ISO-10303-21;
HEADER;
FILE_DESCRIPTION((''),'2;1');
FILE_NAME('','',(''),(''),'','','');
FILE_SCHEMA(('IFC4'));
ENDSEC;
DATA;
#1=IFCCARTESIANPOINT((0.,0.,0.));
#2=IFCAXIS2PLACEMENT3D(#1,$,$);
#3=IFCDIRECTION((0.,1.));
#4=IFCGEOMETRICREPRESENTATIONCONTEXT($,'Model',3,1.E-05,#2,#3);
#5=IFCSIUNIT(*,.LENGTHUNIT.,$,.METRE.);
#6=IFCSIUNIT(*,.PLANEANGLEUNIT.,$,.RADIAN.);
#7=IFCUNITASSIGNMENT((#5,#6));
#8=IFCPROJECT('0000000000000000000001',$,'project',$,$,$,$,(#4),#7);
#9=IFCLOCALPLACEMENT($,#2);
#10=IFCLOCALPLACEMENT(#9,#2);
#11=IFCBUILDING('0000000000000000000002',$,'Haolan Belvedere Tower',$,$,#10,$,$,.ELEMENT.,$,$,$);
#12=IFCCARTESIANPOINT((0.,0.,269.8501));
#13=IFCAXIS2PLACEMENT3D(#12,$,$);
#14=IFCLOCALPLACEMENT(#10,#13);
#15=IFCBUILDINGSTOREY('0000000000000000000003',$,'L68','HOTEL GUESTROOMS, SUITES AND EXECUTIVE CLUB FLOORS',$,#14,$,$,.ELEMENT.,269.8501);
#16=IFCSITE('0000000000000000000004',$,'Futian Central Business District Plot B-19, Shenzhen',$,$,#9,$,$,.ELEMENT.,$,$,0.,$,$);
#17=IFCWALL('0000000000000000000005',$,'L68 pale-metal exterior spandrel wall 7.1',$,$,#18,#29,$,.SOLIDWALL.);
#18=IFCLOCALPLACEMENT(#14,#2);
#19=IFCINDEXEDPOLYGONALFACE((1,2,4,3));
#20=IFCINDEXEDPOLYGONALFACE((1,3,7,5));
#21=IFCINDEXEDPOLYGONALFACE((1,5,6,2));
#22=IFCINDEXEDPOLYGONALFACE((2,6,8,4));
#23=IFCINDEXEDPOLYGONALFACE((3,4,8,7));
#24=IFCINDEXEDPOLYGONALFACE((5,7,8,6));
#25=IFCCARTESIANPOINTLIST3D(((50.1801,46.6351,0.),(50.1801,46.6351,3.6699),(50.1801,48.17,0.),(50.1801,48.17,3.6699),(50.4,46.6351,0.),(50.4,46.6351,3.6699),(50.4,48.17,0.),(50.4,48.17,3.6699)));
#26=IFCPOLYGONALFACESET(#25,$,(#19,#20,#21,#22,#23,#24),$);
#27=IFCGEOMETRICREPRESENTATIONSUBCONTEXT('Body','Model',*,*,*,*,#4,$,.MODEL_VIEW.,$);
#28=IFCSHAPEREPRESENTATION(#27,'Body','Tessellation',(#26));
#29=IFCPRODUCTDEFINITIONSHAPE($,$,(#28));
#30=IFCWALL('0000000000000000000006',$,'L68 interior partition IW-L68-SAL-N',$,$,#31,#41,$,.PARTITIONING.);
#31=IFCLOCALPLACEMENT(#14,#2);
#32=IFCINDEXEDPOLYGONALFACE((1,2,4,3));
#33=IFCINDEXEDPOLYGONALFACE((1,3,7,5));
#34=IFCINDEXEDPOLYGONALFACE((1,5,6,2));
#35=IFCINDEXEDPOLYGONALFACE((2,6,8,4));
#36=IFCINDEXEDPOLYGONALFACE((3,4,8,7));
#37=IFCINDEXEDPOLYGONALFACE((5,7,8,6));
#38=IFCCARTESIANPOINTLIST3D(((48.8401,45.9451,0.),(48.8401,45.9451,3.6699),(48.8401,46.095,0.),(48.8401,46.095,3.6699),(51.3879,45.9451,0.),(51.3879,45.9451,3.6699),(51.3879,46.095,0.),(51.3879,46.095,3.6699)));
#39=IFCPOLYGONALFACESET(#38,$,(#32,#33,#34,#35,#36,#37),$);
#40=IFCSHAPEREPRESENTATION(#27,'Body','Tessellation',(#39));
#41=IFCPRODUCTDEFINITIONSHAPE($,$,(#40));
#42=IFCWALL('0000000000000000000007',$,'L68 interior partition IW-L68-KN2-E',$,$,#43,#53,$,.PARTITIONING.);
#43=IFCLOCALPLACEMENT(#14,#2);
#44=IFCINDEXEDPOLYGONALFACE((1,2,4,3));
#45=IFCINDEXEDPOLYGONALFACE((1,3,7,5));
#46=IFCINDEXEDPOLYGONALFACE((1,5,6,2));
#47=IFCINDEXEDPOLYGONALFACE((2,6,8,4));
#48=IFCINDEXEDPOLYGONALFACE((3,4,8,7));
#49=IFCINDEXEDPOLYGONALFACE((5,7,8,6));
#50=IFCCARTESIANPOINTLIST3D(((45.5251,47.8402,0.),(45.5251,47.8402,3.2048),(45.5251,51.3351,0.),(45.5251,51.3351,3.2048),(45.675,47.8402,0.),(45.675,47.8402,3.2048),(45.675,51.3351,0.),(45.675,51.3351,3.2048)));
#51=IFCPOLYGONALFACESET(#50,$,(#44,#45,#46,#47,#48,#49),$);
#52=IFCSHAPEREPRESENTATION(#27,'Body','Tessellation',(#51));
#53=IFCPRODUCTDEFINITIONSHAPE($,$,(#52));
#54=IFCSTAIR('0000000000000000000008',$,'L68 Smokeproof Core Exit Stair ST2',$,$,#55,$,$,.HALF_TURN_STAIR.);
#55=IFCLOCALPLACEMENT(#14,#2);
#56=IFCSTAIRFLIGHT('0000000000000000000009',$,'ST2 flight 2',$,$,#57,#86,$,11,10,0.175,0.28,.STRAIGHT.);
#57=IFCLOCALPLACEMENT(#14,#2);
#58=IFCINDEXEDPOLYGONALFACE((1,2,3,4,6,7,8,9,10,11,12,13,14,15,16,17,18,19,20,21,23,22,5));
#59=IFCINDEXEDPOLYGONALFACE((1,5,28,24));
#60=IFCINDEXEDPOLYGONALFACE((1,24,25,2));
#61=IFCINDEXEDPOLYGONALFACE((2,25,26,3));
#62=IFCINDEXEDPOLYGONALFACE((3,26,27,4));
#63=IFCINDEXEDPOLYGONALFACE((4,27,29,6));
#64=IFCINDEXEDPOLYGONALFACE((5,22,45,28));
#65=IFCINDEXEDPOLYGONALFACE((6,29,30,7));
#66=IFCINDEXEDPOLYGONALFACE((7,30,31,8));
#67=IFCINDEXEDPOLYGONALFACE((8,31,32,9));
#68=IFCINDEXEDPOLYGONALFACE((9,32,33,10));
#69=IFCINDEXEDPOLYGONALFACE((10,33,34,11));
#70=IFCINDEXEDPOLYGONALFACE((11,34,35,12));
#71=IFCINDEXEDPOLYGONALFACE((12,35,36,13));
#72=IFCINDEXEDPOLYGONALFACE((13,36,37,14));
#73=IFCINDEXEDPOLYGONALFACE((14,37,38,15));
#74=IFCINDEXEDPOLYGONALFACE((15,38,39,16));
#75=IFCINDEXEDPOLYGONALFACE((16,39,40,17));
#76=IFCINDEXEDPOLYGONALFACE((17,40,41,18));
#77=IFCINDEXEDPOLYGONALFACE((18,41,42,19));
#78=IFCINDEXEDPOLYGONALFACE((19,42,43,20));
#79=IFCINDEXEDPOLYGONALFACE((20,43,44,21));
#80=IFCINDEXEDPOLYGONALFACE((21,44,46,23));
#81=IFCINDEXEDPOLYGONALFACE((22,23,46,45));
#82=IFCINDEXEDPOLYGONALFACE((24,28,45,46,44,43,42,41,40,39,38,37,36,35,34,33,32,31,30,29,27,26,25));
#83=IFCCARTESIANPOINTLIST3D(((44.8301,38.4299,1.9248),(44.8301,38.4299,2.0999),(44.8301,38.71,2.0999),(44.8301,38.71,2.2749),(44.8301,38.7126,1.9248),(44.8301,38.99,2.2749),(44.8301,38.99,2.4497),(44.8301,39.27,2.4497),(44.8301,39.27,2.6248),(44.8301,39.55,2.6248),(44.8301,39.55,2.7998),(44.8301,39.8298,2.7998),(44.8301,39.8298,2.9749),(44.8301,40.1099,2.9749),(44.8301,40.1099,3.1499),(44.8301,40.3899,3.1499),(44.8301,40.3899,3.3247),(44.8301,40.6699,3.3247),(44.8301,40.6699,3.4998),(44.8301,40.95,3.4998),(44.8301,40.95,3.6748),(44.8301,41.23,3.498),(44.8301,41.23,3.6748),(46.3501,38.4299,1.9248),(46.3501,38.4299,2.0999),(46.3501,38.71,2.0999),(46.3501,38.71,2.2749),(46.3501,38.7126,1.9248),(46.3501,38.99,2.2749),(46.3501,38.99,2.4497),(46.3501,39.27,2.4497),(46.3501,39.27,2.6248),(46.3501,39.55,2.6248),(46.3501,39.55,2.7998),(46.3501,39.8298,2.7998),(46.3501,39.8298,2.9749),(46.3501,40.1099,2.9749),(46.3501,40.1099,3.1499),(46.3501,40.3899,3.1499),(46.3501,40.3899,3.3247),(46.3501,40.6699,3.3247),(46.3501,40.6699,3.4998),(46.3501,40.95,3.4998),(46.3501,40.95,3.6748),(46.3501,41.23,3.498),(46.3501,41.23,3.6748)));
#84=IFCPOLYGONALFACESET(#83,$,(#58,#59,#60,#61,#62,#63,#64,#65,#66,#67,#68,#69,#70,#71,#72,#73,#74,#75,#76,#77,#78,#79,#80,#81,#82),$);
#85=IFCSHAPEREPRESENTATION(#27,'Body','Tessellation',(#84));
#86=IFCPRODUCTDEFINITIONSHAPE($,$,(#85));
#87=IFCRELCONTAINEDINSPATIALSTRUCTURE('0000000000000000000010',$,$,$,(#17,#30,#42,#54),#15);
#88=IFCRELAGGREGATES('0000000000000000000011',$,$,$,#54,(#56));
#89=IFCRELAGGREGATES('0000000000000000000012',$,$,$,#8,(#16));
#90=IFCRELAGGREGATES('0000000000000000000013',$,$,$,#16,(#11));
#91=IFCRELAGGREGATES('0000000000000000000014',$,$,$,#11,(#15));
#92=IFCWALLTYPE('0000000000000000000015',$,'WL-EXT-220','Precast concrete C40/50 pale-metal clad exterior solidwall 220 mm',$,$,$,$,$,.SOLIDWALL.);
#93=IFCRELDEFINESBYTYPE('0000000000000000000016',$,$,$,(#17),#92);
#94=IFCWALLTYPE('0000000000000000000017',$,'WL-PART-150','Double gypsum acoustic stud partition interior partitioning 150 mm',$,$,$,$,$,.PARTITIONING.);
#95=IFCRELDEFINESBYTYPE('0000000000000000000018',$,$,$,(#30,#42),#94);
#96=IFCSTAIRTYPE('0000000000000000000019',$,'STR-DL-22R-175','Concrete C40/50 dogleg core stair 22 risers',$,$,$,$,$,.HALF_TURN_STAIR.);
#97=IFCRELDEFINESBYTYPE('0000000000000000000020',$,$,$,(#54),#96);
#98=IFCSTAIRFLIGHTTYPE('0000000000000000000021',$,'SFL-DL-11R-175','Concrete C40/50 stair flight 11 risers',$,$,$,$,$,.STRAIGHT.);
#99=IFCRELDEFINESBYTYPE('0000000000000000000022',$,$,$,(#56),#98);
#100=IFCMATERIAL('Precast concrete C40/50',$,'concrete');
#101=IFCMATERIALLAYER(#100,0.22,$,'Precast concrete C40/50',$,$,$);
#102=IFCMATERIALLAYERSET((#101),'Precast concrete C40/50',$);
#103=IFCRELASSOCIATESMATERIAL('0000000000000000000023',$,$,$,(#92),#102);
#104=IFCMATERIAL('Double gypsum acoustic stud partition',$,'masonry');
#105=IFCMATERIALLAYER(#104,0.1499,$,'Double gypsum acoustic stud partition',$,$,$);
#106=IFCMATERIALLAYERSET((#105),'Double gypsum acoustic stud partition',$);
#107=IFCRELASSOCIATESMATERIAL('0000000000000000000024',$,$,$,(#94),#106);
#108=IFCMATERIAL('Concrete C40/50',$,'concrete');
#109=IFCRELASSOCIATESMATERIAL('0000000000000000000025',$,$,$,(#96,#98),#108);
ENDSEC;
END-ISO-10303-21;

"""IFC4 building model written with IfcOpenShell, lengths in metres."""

from ifc_helpers import new_model, si_unit, direction, frame, frame_2d, origin, place, context, subcontext, project, spatial, polyline, rectangle, outline, extrude, material, layer, layer_set, type_object, element, aggregate, save


model = new_model("IFC4")

# Units and contexts
model_context = context("Model", 3, precision=1e-05, world=origin(), true_north=direction((0.0, 1.0)))
body_context = subcontext(model_context, "Body", "Model", "MODEL_VIEW")
ifc_project = project(units=[si_unit("LENGTHUNIT", "METRE"), si_unit("PLANEANGLEUNIT", "RADIAN")], contexts=[model_context])

# Site, building, storey
site_placement = place(None, origin())
site = spatial("IfcSite", under=ifc_project, at=site_placement, Name="Futian Central Business District Plot B-19, Shenzhen", CompositionType="ELEMENT", RefElevation=0.0)
building_placement = place(site_placement, origin())
building = spatial("IfcBuilding", under=site, at=building_placement, Name="Haolan Belvedere Tower", CompositionType="ELEMENT")
storey_placement = place(building_placement, frame((0.0, 0.0, 269.8501)))
storey = spatial("IfcBuildingStorey", under=building, at=storey_placement, Name="L68", Description="HOTEL GUESTROOMS, SUITES AND EXECUTIVE CLUB FLOORS", CompositionType="ELEMENT", Elevation=269.8501)

# Shared definitions
ifc_material_1 = material(Name="Precast concrete C40/50", Category="concrete")
ifc_layer_1 = layer(ifc_material_1, 0.22, Name="Precast concrete C40/50")
ifc_layer_set_1 = layer_set([ifc_layer_1], Name="Precast concrete C40/50")
wall_type_1 = type_object("IfcWallType", Name="WL-EXT-220", Description="Precast concrete C40/50 pale-metal clad exterior solidwall 220 mm", PredefinedType="SOLIDWALL", material=ifc_layer_set_1)

# Wall
wall_1_placement = place(storey_placement, frame((50.29, 46.635, 0.0), z_axis=(0.0, 0.0, 1.0), x_axis=(0.0, 1.0, 0.0)))
element("IfcWall", 1, at=wall_1_placement, inside=storey, type_object=wall_type_1, Name="L68 pale-metal exterior spandrel wall 7.1", PredefinedType="SOLIDWALL", context=body_context, shape_type="SweptSolid", body=[
    extrude(rectangle(XDim=1.5349, YDim=0.22, at=frame_2d((0.7676, 0.0))), origin(), (0.0, 0.0, 1.0), 3.6699),
])

# Shared definitions
ifc_material_2 = material(Name="Concrete C40/50", Category="concrete")

# Walls
ifc_material_3 = material(Name="Double gypsum acoustic stud partition", Category="masonry")
ifc_layer_2 = layer(ifc_material_3, 0.1499, Name="Double gypsum acoustic stud partition")
ifc_layer_set_2 = layer_set([ifc_layer_2], Name="Double gypsum acoustic stud partition")
wall_type_2 = type_object("IfcWallType", Name="WL-PART-150", Description="Double gypsum acoustic stud partition interior partitioning 150 mm", PredefinedType="PARTITIONING", material=ifc_layer_set_2)
wall_2_placement = place(storey_placement, frame((48.8401, 46.02, 0.0), z_axis=(0.0, 0.0, 1.0), x_axis=(1.0, 0.0, 0.0)))
element("IfcWall", 2, at=wall_2_placement, inside=storey, type_object=wall_type_2, Name="L68 interior partition IW-L68-SAL-N", PredefinedType="PARTITIONING", context=body_context, shape_type="SweptSolid", body=[
    extrude(rectangle(XDim=2.5479, YDim=0.1499, at=frame_2d((1.2739, 0.0))), origin(), (0.0, 0.0, 1.0), 3.6699),
])
wall_3_placement = place(storey_placement, frame((45.6001, 47.8401, 0.0), z_axis=(0.0, 0.0, 1.0), x_axis=(0.0, 1.0, 0.0)))
element("IfcWall", 3, at=wall_3_placement, inside=storey, type_object=wall_type_2, Name="L68 interior partition IW-L68-KN2-E", PredefinedType="PARTITIONING", context=body_context, shape_type="SweptSolid", body=[
    extrude(rectangle(XDim=3.4949, YDim=0.1499, at=frame_2d((1.7476, 0.0))), origin(), (0.0, 0.0, 1.0), 3.2048),
])

# Stair, stair flight
stair_type = type_object("IfcStairType", Name="STR-DL-22R-175", Description="Concrete C40/50 dogleg core stair 22 risers", PredefinedType="HALF_TURN_STAIR", material=ifc_material_2)
stair_placement = place(storey_placement, origin())
stair = element("IfcStair", 4, at=stair_placement, inside=storey, type_object=stair_type, Name="L68 Smokeproof Core Exit Stair ST2", PredefinedType="HALF_TURN_STAIR")
stair_flight_type = type_object("IfcStairFlightType", Name="SFL-DL-11R-175", Description="Concrete C40/50 stair flight 11 risers", PredefinedType="STRAIGHT", material=ifc_material_2)
stair_flight_placement = place(storey_placement, frame((45.5901, 38.4299, 1.9248), z_axis=(0.0, 0.0, 1.0), x_axis=(0.0, 1.0, 0.0)))
stair_flight = element("IfcStairFlight", 5, at=stair_flight_placement, type_object=stair_flight_type, Name="ST2 flight 2", NumberOfRisers=11, NumberOfTreads=10, PredefinedType="STRAIGHT", RiserHeight=0.175, TreadLength=0.28, context=body_context, shape_type="SweptSolid", body=[
    extrude(outline(polyline([(0.0, 0.0), (0.0, 0.175), (0.28, 0.175), (0.28, 0.3501), (0.5601, 0.3501), (0.5601, 0.5249), (0.8401, 0.5249), (0.8401, 0.7), (1.1201, 0.7), (1.1201, 0.875), (1.3999, 0.875), (1.3999, 1.05), (1.6799, 1.05), (1.6799, 1.2251), (1.96, 1.2251), (1.96, 1.3999), (2.24, 1.3999), (2.24, 1.575), (2.52, 1.575), (2.52, 1.75), (2.8, 1.75), (2.8, 1.925), (2.8, 1.5732), (0.2827, 0.0), (0.0, 0.0)])), frame((0.0, 0.76, 0.0), z_axis=(0.0, -1.0, 0.0), x_axis=(1.0, 0.0, 0.0)), (0.0, 0.0, 1.0), 1.52),
])
aggregate(stair, [stair_flight])

save(model, "model.ifc")
